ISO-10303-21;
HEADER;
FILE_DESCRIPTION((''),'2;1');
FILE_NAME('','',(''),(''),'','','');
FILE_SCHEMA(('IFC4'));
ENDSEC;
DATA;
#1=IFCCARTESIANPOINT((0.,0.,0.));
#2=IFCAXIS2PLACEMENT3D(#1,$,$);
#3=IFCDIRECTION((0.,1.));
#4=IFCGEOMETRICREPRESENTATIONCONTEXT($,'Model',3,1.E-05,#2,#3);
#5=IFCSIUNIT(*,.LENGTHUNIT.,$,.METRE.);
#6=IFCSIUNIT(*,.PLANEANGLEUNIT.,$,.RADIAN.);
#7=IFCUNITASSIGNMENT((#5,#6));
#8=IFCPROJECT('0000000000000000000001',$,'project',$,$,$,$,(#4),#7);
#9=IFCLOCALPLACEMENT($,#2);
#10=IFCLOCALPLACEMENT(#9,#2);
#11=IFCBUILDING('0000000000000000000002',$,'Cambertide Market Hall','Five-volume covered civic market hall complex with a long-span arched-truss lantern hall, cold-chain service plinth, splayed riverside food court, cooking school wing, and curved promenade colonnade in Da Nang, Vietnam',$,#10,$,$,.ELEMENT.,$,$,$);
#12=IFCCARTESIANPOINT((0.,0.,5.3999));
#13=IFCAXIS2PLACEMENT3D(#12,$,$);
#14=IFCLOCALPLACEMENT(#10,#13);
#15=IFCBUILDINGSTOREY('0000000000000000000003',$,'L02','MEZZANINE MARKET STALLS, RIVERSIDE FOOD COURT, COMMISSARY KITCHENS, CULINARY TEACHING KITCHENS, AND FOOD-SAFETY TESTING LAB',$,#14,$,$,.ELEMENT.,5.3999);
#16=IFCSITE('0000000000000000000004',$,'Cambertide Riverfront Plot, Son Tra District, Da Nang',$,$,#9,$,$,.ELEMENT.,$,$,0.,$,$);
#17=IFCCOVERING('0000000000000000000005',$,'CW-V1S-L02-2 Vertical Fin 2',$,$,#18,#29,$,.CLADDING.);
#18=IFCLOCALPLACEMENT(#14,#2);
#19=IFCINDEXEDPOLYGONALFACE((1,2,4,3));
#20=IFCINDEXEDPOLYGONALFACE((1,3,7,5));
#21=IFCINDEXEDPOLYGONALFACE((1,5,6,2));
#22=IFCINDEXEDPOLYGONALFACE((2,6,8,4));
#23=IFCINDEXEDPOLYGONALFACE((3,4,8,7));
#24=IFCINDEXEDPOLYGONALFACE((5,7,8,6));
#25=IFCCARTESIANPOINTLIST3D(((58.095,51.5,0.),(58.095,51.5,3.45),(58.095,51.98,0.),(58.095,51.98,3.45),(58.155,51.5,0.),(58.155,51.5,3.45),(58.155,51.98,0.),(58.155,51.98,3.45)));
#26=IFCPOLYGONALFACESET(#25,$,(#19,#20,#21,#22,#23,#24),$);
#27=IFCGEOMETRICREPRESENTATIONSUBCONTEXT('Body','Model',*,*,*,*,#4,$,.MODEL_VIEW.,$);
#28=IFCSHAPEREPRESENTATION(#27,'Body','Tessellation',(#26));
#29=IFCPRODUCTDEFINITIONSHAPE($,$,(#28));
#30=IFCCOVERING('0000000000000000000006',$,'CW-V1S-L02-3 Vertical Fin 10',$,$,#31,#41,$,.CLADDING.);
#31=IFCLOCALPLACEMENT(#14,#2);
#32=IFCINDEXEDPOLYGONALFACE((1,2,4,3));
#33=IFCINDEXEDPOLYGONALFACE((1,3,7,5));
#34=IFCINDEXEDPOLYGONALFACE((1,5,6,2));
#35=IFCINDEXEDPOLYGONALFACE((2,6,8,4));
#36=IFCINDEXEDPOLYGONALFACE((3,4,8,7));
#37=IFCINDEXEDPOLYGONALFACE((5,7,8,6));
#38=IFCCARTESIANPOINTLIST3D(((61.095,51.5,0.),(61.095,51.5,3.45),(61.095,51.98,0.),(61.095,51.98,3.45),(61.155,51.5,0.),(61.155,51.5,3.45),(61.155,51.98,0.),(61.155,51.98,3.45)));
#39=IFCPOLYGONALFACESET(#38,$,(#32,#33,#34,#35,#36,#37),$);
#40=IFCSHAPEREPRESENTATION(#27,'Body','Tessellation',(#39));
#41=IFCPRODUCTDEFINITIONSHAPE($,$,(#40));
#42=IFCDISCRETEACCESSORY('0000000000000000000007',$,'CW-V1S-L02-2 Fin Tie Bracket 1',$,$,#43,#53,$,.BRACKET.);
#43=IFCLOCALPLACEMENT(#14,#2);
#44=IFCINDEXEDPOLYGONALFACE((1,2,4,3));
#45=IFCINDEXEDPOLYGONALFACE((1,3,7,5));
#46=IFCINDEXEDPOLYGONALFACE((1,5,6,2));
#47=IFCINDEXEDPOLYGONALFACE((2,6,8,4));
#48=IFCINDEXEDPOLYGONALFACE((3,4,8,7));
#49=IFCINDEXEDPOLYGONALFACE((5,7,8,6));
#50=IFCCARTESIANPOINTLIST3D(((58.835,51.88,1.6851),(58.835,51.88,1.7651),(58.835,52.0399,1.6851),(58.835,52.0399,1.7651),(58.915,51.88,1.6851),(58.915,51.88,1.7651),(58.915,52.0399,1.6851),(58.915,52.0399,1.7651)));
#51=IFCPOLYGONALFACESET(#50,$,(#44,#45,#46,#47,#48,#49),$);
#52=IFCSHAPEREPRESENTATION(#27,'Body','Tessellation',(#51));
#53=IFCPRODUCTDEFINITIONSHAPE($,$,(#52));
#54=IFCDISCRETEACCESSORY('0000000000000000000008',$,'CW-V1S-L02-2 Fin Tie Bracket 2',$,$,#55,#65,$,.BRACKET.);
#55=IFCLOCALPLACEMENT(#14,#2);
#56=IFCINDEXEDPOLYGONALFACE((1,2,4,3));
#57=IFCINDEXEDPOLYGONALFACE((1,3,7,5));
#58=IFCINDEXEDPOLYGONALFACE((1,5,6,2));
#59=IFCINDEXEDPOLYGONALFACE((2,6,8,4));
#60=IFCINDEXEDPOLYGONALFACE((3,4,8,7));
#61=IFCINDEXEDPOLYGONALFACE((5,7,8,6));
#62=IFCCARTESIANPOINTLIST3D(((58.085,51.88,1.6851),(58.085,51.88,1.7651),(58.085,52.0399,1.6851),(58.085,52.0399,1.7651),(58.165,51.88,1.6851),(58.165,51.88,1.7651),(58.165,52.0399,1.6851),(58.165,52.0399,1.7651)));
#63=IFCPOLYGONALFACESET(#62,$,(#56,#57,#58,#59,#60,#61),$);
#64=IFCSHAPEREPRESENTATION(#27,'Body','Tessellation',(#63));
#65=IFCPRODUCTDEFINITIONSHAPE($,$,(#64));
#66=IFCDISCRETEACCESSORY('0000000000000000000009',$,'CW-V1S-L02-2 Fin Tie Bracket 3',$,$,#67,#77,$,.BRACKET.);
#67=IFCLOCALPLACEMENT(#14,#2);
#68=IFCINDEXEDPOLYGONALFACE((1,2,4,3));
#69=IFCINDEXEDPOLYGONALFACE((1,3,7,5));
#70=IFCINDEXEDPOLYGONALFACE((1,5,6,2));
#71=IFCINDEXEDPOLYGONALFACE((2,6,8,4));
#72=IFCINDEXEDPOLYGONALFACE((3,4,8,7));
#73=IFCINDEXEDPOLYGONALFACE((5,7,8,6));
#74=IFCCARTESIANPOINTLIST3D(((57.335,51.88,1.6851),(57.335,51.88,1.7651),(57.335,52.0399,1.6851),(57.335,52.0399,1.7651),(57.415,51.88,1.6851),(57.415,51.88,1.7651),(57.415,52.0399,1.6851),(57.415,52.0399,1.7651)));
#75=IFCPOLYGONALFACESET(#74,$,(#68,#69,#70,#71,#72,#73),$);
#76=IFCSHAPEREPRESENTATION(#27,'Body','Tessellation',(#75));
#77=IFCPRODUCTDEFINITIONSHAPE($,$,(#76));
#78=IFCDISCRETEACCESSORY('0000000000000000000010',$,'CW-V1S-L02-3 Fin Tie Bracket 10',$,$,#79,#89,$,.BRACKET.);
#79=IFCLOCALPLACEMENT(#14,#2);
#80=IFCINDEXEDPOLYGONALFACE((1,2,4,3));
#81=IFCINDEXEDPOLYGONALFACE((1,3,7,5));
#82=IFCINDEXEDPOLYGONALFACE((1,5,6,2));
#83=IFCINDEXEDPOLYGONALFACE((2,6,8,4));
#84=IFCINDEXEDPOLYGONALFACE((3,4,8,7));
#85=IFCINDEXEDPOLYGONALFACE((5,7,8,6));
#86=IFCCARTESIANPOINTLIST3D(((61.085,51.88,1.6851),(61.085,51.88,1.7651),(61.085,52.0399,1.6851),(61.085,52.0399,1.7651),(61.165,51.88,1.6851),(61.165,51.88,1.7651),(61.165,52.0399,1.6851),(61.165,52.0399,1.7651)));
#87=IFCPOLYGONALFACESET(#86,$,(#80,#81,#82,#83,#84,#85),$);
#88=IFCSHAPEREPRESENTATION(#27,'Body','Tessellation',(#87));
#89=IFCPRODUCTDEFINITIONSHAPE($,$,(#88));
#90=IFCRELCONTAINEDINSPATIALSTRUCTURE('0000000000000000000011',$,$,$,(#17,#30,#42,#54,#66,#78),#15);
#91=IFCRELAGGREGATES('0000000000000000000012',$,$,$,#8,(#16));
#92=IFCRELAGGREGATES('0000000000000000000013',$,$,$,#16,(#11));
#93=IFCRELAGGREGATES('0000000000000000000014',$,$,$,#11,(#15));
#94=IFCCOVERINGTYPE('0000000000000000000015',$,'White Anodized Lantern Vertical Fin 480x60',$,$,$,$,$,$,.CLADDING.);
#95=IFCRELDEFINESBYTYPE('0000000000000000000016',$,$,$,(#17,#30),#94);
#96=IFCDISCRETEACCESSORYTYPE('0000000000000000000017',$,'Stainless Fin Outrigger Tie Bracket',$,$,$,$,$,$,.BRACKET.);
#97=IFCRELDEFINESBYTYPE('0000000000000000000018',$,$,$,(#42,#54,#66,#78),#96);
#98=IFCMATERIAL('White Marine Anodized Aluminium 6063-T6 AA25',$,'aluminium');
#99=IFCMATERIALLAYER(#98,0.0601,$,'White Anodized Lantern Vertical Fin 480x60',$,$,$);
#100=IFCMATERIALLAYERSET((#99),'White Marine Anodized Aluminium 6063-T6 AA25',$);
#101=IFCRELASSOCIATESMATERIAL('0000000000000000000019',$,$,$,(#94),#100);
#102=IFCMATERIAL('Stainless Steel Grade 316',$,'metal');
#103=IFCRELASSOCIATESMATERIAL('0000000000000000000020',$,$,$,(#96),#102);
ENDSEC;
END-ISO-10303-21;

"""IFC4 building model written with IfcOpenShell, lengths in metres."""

from ifc_helpers import new_model, si_unit, direction, frame, origin, origin_2d, place, context, subcontext, project, spatial, rectangle, extrude, material, layer, layer_set, type_object, element, save


model = new_model("IFC4")

# Units and contexts
model_context = context("Model", 3, precision=1e-05, world=origin(), true_north=direction((0.0, 1.0)))
body_context = subcontext(model_context, "Body", "Model", "MODEL_VIEW")
ifc_project = project(units=[si_unit("LENGTHUNIT", "METRE"), si_unit("PLANEANGLEUNIT", "RADIAN")], contexts=[model_context])

# Site, building, storey
site_placement = place(None, origin())
site = spatial("IfcSite", under=ifc_project, at=site_placement, Name="Cambertide Riverfront Plot, Son Tra District, Da Nang", CompositionType="ELEMENT", RefElevation=0.0)
building_placement = place(site_placement, origin())
building = spatial("IfcBuilding", under=site, at=building_placement, Name="Cambertide Market Hall", Description="Five-volume covered civic market hall complex with a long-span arched-truss lantern hall, cold-chain service plinth, splayed riverside food court, cooking school wing, and curved promenade colonnade in Da Nang, Vietnam", CompositionType="ELEMENT")
storey_placement = place(building_placement, frame((0.0, 0.0, 5.3999)))
storey = spatial("IfcBuildingStorey", under=building, at=storey_placement, Name="L02", Description="MEZZANINE MARKET STALLS, RIVERSIDE FOOD COURT, COMMISSARY KITCHENS, CULINARY TEACHING KITCHENS, AND FOOD-SAFETY TESTING LAB", CompositionType="ELEMENT", Elevation=5.3999)

# Coverings
ifc_material_1 = material(Name="White Marine Anodized Aluminium 6063-T6 AA25", Category="aluminium")
ifc_layer_1 = layer(ifc_material_1, 0.0601, Name="White Anodized Lantern Vertical Fin 480x60")
ifc_layer_set_1 = layer_set([ifc_layer_1], Name="White Marine Anodized Aluminium 6063-T6 AA25")
covering_type = type_object("IfcCoveringType", Name="White Anodized Lantern Vertical Fin 480x60", PredefinedType="CLADDING", material=ifc_layer_set_1)
for number, where, z_axis, x_axis, name in (
    (1, (58.125, 51.74, 0.0), (0.0, 0.0, 1.0), (-1.0, 0.0, 0.0), "CW-V1S-L02-2 Vertical Fin 2"),
    (2, (61.125, 51.74, 0.0), (0.0, 0.0, 1.0), (-1.0, 0.0, 0.0), "CW-V1S-L02-3 Vertical Fin 10"),
):
    element("IfcCovering", number, at=place(storey_placement, frame(where, z_axis=z_axis, x_axis=x_axis)), inside=storey, type_object=covering_type, Name=name, PredefinedType="CLADDING", context=body_context, shape_type="SweptSolid", body=[
        extrude(rectangle(XDim=0.0601, YDim=0.48, at=origin_2d()), origin(), (0.0, 0.0, 1.0), 3.45),
    ])

# Discrete accessories
ifc_material_2 = material(Name="Stainless Steel Grade 316", Category="metal")
discrete_accessory_type = type_object("IfcDiscreteAccessoryType", Name="Stainless Fin Outrigger Tie Bracket", PredefinedType="BRACKET", material=ifc_material_2)
for number, where, z_axis, x_axis, name in (
    (3, (58.875, 51.96, 1.6851), (0.0, 0.0, 1.0), (-1.0, 0.0, 0.0), "CW-V1S-L02-2 Fin Tie Bracket 1"),
    (4, (58.125, 51.96, 1.6851), (0.0, 0.0, 1.0), (-1.0, 0.0, 0.0), "CW-V1S-L02-2 Fin Tie Bracket 2"),
    (5, (57.375, 51.96, 1.6851), (0.0, 0.0, 1.0), (-1.0, 0.0, 0.0), "CW-V1S-L02-2 Fin Tie Bracket 3"),
    (6, (61.125, 51.96, 1.6851), (0.0, 0.0, 1.0), (-1.0, 0.0, 0.0), "CW-V1S-L02-3 Fin Tie Bracket 10"),
):
    element("IfcDiscreteAccessory", number, at=place(storey_placement, frame(where, z_axis=z_axis, x_axis=x_axis)), inside=storey, type_object=discrete_accessory_type, Name=name, PredefinedType="BRACKET", context=body_context, shape_type="SweptSolid", body=[
        extrude(rectangle(XDim=0.0801, YDim=0.1599, at=origin_2d()), origin(), (0.0, 0.0, 1.0), 0.0801),
    ])

save(model, "model.ifc")
